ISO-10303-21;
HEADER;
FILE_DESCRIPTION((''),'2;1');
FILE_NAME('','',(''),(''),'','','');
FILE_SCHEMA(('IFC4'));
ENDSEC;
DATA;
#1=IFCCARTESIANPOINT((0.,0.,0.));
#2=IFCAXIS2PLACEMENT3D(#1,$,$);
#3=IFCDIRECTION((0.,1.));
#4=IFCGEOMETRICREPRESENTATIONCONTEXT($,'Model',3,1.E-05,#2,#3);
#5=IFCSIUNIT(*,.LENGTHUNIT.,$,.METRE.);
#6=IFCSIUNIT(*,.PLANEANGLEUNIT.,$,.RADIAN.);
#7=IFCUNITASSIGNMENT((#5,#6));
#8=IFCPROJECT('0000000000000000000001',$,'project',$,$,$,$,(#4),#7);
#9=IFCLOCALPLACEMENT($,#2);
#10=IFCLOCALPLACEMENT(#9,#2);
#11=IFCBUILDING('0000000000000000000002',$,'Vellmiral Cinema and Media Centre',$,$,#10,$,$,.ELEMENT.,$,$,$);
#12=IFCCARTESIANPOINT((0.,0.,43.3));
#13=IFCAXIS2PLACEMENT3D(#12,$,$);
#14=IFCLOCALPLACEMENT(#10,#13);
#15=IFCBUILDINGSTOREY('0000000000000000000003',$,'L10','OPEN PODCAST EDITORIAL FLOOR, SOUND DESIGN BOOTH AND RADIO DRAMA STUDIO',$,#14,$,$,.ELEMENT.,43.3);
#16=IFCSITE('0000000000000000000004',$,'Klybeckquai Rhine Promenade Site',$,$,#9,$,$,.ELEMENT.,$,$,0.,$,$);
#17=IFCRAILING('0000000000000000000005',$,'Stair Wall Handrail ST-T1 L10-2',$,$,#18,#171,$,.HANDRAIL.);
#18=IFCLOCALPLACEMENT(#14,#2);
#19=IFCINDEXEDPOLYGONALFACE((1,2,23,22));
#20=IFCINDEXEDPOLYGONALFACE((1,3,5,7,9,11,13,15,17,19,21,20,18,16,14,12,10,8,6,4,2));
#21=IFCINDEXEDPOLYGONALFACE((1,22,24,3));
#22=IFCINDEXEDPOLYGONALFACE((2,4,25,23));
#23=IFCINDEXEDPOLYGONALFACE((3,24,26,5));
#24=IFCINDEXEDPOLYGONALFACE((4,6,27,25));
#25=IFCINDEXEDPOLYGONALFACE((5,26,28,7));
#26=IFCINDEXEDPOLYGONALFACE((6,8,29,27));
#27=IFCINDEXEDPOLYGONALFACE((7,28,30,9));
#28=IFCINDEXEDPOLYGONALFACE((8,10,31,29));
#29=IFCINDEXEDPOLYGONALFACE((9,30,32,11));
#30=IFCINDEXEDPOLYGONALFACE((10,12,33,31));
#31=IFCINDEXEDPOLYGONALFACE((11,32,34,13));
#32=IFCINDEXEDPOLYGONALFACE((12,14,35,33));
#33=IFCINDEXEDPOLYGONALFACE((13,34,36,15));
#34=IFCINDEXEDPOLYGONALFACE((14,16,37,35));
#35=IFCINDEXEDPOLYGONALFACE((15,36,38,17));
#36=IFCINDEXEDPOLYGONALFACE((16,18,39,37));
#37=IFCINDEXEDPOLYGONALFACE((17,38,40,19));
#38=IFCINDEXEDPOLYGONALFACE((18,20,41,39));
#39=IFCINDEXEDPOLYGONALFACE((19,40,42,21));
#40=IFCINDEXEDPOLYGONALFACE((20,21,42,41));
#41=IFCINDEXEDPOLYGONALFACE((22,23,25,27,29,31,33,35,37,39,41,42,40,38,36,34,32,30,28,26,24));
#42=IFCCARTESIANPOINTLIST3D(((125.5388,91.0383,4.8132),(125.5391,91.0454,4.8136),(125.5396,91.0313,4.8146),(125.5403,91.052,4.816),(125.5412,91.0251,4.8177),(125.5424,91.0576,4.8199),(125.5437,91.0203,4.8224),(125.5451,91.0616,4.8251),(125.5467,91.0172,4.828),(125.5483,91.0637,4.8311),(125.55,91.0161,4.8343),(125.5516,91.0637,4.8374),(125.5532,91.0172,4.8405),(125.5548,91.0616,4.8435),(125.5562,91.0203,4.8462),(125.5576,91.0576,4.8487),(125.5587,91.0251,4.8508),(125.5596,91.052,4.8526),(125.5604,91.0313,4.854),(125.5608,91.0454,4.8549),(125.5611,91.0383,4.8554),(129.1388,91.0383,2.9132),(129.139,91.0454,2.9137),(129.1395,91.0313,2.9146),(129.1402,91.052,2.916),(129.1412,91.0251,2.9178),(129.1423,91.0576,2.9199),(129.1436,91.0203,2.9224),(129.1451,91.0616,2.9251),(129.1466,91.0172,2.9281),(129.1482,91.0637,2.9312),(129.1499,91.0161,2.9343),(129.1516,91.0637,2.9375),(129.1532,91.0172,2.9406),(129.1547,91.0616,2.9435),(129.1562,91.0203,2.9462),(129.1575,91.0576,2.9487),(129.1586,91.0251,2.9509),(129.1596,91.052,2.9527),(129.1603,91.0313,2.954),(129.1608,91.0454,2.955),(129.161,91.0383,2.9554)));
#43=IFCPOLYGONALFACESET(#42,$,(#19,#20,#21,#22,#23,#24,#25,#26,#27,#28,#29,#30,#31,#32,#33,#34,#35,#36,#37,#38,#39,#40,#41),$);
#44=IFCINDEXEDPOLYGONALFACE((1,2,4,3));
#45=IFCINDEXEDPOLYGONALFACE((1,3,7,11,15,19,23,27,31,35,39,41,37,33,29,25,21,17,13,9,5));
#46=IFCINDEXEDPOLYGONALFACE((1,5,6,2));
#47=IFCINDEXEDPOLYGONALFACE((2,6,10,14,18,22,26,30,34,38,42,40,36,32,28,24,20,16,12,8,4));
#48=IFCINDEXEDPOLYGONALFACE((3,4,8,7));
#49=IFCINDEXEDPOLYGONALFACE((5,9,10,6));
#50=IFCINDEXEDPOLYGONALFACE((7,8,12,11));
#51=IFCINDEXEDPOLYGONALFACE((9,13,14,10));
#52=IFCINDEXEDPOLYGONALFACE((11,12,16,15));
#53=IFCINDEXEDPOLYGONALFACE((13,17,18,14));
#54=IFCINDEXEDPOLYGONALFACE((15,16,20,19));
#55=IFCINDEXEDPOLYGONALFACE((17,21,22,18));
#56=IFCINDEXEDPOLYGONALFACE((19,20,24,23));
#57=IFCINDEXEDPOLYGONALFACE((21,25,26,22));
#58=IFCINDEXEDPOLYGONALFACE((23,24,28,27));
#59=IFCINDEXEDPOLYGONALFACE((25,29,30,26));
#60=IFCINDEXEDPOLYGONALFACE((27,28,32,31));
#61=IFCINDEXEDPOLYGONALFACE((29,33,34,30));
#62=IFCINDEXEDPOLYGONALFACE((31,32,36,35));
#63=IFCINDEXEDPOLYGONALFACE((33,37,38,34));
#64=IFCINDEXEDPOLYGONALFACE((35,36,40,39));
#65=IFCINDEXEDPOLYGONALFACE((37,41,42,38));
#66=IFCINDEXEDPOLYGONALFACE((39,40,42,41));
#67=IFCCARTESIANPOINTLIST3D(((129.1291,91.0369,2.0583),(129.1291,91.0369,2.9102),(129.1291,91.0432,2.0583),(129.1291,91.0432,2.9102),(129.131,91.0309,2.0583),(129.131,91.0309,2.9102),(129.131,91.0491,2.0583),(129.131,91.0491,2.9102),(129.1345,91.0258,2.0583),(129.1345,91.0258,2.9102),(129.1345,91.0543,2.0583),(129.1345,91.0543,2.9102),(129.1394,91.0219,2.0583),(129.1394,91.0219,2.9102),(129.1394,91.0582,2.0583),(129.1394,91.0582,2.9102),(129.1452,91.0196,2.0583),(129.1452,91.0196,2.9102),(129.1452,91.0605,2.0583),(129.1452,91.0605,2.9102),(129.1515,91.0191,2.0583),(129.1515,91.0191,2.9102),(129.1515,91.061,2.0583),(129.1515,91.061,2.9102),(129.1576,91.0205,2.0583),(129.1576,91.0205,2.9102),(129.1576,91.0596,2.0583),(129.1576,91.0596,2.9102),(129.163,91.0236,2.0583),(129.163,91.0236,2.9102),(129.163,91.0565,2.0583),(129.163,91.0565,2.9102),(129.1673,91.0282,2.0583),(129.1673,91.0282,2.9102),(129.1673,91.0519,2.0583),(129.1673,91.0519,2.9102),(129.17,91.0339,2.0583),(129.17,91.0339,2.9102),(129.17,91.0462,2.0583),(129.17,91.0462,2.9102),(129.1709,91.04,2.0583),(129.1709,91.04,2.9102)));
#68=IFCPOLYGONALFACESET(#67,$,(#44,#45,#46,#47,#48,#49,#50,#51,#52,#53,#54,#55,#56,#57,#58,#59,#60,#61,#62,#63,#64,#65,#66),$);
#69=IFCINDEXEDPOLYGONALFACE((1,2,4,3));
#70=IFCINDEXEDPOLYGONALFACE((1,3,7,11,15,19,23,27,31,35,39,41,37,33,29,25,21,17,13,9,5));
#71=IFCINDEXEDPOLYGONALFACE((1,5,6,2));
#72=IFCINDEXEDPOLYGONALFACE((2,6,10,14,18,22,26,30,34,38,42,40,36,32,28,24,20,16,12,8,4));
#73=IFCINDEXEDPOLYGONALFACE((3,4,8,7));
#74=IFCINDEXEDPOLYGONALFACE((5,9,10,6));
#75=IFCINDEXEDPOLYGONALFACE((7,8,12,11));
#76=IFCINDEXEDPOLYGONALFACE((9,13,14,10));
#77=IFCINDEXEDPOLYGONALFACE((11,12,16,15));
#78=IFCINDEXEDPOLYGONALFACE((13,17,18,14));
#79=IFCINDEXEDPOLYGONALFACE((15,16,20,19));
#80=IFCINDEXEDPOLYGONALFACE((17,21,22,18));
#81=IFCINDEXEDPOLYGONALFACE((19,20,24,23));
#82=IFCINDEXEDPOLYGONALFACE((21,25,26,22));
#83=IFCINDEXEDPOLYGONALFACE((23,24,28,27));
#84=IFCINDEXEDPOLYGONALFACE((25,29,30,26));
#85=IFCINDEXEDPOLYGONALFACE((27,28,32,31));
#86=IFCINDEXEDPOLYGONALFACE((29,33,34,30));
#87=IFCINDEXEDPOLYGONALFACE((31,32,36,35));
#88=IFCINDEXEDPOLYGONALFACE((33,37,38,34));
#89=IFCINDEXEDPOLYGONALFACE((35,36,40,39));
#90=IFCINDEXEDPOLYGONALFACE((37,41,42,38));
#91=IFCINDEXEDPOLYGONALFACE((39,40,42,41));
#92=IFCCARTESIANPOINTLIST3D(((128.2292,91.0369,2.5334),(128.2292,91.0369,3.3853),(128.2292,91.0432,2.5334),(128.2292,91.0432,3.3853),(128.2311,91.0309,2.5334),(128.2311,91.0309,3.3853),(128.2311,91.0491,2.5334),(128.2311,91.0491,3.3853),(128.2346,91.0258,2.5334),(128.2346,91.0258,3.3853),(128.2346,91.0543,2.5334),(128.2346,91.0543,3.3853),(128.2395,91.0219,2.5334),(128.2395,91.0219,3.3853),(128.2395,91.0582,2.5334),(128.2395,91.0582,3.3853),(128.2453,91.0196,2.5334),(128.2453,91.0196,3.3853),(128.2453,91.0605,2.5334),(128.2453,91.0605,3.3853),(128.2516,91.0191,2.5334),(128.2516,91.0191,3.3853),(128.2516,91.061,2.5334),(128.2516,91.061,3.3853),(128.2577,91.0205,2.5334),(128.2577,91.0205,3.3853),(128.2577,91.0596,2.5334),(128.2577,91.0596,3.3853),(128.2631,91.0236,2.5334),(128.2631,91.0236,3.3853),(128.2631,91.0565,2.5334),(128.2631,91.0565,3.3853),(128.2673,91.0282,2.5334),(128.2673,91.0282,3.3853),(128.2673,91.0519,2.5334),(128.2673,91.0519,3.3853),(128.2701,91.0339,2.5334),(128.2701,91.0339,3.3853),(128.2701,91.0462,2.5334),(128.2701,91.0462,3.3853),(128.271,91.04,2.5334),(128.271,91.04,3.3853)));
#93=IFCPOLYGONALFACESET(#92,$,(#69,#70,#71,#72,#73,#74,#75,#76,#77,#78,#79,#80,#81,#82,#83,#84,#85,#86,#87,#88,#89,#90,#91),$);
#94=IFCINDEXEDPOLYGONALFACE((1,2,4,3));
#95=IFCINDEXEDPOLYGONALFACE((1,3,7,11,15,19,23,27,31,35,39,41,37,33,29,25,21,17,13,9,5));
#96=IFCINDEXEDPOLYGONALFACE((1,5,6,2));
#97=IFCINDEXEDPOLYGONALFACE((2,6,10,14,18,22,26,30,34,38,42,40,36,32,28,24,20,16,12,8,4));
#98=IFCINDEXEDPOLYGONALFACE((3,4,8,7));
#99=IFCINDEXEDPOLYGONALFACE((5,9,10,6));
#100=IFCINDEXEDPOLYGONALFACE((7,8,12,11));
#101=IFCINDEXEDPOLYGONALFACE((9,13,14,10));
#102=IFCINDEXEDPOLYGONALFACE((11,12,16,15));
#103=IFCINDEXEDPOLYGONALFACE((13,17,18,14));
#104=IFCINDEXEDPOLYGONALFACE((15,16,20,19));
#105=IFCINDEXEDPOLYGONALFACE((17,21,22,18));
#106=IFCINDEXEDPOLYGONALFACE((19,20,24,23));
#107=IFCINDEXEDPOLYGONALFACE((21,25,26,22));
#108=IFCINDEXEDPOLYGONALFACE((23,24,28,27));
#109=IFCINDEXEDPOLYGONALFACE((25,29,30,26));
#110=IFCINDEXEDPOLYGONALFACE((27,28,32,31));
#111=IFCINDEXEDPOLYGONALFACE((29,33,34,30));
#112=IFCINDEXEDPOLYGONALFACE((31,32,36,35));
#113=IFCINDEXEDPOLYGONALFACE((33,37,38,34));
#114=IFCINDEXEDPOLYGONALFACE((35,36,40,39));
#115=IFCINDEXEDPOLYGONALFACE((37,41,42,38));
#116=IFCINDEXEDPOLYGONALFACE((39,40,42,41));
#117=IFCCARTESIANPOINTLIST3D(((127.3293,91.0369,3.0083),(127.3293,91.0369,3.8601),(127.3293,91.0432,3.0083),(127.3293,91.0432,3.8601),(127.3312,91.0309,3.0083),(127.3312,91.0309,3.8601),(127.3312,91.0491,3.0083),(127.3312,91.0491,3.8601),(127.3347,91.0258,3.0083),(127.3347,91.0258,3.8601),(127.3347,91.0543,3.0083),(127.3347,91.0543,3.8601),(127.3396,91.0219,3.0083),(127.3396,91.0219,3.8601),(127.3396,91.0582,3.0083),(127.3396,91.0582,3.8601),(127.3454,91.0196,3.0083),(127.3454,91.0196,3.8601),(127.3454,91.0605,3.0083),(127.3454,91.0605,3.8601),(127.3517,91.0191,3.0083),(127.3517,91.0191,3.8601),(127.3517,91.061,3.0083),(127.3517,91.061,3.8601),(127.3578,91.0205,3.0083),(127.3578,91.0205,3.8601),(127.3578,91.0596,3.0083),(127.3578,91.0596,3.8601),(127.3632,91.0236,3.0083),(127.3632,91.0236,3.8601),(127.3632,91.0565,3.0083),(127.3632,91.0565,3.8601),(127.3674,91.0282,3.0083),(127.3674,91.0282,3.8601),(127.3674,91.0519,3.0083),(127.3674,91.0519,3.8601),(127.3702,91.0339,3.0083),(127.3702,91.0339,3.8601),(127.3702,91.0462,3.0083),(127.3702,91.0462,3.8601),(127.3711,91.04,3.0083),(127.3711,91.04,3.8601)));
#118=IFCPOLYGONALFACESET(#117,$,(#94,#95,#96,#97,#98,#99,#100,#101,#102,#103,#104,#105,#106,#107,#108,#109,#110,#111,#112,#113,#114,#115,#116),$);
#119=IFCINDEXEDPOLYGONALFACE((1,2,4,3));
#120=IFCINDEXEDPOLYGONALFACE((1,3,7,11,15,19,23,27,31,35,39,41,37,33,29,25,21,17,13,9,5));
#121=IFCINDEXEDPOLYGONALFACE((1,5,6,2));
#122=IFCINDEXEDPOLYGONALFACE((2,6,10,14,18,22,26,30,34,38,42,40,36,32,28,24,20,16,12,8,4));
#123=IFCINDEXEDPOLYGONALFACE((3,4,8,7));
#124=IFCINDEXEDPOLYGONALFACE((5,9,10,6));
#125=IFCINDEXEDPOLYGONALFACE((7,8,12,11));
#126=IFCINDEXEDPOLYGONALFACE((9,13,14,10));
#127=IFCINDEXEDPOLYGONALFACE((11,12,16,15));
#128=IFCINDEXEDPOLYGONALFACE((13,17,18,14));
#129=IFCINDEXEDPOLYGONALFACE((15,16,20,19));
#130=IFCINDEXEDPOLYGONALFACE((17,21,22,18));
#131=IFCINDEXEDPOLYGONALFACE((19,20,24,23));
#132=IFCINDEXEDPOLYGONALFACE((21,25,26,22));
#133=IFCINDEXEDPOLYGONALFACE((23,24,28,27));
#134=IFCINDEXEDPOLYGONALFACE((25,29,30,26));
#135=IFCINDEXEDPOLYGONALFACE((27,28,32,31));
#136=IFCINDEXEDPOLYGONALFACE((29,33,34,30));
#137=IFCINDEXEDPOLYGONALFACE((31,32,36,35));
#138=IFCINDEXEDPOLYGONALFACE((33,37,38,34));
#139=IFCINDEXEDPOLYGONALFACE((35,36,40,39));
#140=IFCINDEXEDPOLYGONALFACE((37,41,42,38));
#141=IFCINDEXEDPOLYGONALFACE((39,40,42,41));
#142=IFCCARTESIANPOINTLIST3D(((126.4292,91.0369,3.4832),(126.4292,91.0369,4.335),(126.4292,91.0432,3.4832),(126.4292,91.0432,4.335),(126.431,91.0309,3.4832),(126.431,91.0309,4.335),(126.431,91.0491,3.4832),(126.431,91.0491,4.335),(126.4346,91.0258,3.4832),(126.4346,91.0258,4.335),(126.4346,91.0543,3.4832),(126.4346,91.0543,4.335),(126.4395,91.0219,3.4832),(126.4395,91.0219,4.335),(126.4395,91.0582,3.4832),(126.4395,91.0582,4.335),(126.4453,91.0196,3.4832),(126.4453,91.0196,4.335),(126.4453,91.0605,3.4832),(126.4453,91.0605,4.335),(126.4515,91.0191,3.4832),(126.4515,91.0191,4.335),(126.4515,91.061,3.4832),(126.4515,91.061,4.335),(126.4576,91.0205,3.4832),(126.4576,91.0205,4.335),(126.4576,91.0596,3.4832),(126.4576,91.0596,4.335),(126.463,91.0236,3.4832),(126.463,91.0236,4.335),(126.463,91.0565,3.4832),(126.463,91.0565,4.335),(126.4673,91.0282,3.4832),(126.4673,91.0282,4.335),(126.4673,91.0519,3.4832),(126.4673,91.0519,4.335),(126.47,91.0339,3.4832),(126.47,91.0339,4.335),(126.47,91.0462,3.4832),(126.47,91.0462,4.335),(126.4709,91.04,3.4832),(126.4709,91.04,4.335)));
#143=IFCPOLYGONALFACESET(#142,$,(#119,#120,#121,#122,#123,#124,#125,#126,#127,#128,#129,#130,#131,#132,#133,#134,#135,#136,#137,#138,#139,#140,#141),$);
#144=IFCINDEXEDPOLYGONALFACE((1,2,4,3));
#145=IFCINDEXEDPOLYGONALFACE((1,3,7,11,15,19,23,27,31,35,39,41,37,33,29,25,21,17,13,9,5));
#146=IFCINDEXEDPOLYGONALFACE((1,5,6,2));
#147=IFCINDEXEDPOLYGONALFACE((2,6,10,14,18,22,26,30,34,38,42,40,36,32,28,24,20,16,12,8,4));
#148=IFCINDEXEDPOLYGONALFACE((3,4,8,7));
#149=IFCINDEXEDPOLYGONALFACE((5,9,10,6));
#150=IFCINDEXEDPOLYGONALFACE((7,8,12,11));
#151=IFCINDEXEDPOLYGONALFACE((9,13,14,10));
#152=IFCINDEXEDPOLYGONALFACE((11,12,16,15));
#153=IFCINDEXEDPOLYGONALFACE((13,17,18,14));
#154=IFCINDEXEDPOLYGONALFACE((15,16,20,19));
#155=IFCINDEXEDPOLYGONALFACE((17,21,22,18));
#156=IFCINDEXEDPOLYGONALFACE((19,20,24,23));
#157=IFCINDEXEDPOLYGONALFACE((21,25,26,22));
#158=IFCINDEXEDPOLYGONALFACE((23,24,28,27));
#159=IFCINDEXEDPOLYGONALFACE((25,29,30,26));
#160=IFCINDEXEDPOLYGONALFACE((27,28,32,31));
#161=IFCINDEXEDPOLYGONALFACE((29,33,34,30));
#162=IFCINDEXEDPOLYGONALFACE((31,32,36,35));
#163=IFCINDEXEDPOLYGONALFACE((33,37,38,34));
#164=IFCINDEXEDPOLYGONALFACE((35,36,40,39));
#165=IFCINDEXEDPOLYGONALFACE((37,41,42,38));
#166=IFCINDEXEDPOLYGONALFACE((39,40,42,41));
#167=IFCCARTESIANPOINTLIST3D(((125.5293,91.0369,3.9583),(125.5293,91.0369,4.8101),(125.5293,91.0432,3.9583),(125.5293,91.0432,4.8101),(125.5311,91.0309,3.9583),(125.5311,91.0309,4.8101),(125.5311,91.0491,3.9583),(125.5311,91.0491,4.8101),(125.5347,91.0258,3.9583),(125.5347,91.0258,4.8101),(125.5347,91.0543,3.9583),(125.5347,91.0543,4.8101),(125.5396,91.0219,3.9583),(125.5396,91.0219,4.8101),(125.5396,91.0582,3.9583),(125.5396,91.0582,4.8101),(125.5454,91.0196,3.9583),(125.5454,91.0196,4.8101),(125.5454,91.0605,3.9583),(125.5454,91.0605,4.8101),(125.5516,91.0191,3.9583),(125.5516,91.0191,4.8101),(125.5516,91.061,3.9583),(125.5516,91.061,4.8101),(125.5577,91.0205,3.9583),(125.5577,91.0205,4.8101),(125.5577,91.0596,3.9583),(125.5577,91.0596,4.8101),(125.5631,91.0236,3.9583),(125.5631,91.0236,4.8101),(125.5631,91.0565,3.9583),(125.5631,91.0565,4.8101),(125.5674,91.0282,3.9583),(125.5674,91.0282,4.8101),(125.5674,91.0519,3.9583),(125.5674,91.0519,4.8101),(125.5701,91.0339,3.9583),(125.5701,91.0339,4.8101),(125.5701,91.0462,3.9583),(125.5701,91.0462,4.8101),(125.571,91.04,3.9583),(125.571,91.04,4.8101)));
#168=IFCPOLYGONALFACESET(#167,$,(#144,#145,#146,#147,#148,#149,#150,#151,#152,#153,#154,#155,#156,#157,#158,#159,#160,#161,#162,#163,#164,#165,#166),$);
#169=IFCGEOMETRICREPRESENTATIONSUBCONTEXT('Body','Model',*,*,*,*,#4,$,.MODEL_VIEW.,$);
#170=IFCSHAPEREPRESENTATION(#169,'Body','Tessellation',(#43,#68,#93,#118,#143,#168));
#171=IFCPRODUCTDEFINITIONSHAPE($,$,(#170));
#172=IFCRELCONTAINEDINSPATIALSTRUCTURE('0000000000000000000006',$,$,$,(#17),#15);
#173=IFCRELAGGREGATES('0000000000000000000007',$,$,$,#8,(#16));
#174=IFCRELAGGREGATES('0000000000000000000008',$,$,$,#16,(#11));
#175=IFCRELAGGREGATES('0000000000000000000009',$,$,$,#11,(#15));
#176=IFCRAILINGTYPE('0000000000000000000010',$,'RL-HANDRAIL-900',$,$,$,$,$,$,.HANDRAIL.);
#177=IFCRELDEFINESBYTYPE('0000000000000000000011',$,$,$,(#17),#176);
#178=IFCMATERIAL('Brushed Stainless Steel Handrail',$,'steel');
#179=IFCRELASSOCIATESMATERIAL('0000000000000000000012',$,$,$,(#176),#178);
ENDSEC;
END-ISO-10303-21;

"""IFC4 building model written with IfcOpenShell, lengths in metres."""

from ifc_helpers import new_model, si_unit, direction, frame, origin, origin_2d, place, context, subcontext, project, spatial, circle, extrude, material, type_object, element, save


model = new_model("IFC4")

# Units and contexts
model_context = context("Model", 3, precision=1e-05, world=origin(), true_north=direction((0.0, 1.0)))
body_context = subcontext(model_context, "Body", "Model", "MODEL_VIEW")
ifc_project = project(units=[si_unit("LENGTHUNIT", "METRE"), si_unit("PLANEANGLEUNIT", "RADIAN")], contexts=[model_context])

# Site, building, storey
site_placement = place(None, origin())
site = spatial("IfcSite", under=ifc_project, at=site_placement, Name="Klybeckquai Rhine Promenade Site", CompositionType="ELEMENT", RefElevation=0.0)
building_placement = place(site_placement, origin())
building = spatial("IfcBuilding", under=site, at=building_placement, Name="Vellmiral Cinema and Media Centre", CompositionType="ELEMENT")
storey_placement = place(building_placement, frame((0.0, 0.0, 43.3)))
storey = spatial("IfcBuildingStorey", under=building, at=storey_placement, Name="L10", Description="OPEN PODCAST EDITORIAL FLOOR, SOUND DESIGN BOOTH AND RADIO DRAMA STUDIO", CompositionType="ELEMENT", Elevation=43.3)

# Railing
ifc_material_1 = material(Name="Brushed Stainless Steel Handrail", Category="steel")
railing_type_1 = type_object("IfcRailingType", Name="RL-HANDRAIL-900", PredefinedType="HANDRAIL", material=ifc_material_1)
railing_1_placement = place(storey_placement, frame((129.1499, 91.04, 2.0583)))
element("IfcRailing", 1, at=railing_1_placement, inside=storey, type_object=railing_type_1, Name="Stair Wall Handrail ST-T1 L10-2", PredefinedType="HANDRAIL", context=body_context, shape_type="SweptSolid", body=[
    extrude(circle(Radius=0.0239, at=origin_2d()), frame((0.0, 0.0, 0.876), z_axis=(-0.884387, 0.0, 0.466755), x_axis=(0.0, -1.0, 0.0)), (0.0, 0.0, 1.0), 4.0706),
    extrude(circle(Radius=0.021, at=origin_2d()), origin(), (0.0, 0.0, 1.0), 0.8518),
    extrude(circle(Radius=0.021, at=origin_2d()), frame((-0.8999, 0.0, 0.4751)), (0.0, 0.0, 1.0), 0.8518),
    extrude(circle(Radius=0.021, at=origin_2d()), frame((-1.7998, 0.0, 0.95)), (0.0, 0.0, 1.0), 0.8518),
    extrude(circle(Radius=0.021, at=origin_2d()), frame((-2.7, 0.0, 1.4248)), (0.0, 0.0, 1.0), 0.8518),
    extrude(circle(Radius=0.021, at=origin_2d()), frame((-3.5999, 0.0, 1.8999)), (0.0, 0.0, 1.0), 0.8518),
])

save(model, "model.ifc")
